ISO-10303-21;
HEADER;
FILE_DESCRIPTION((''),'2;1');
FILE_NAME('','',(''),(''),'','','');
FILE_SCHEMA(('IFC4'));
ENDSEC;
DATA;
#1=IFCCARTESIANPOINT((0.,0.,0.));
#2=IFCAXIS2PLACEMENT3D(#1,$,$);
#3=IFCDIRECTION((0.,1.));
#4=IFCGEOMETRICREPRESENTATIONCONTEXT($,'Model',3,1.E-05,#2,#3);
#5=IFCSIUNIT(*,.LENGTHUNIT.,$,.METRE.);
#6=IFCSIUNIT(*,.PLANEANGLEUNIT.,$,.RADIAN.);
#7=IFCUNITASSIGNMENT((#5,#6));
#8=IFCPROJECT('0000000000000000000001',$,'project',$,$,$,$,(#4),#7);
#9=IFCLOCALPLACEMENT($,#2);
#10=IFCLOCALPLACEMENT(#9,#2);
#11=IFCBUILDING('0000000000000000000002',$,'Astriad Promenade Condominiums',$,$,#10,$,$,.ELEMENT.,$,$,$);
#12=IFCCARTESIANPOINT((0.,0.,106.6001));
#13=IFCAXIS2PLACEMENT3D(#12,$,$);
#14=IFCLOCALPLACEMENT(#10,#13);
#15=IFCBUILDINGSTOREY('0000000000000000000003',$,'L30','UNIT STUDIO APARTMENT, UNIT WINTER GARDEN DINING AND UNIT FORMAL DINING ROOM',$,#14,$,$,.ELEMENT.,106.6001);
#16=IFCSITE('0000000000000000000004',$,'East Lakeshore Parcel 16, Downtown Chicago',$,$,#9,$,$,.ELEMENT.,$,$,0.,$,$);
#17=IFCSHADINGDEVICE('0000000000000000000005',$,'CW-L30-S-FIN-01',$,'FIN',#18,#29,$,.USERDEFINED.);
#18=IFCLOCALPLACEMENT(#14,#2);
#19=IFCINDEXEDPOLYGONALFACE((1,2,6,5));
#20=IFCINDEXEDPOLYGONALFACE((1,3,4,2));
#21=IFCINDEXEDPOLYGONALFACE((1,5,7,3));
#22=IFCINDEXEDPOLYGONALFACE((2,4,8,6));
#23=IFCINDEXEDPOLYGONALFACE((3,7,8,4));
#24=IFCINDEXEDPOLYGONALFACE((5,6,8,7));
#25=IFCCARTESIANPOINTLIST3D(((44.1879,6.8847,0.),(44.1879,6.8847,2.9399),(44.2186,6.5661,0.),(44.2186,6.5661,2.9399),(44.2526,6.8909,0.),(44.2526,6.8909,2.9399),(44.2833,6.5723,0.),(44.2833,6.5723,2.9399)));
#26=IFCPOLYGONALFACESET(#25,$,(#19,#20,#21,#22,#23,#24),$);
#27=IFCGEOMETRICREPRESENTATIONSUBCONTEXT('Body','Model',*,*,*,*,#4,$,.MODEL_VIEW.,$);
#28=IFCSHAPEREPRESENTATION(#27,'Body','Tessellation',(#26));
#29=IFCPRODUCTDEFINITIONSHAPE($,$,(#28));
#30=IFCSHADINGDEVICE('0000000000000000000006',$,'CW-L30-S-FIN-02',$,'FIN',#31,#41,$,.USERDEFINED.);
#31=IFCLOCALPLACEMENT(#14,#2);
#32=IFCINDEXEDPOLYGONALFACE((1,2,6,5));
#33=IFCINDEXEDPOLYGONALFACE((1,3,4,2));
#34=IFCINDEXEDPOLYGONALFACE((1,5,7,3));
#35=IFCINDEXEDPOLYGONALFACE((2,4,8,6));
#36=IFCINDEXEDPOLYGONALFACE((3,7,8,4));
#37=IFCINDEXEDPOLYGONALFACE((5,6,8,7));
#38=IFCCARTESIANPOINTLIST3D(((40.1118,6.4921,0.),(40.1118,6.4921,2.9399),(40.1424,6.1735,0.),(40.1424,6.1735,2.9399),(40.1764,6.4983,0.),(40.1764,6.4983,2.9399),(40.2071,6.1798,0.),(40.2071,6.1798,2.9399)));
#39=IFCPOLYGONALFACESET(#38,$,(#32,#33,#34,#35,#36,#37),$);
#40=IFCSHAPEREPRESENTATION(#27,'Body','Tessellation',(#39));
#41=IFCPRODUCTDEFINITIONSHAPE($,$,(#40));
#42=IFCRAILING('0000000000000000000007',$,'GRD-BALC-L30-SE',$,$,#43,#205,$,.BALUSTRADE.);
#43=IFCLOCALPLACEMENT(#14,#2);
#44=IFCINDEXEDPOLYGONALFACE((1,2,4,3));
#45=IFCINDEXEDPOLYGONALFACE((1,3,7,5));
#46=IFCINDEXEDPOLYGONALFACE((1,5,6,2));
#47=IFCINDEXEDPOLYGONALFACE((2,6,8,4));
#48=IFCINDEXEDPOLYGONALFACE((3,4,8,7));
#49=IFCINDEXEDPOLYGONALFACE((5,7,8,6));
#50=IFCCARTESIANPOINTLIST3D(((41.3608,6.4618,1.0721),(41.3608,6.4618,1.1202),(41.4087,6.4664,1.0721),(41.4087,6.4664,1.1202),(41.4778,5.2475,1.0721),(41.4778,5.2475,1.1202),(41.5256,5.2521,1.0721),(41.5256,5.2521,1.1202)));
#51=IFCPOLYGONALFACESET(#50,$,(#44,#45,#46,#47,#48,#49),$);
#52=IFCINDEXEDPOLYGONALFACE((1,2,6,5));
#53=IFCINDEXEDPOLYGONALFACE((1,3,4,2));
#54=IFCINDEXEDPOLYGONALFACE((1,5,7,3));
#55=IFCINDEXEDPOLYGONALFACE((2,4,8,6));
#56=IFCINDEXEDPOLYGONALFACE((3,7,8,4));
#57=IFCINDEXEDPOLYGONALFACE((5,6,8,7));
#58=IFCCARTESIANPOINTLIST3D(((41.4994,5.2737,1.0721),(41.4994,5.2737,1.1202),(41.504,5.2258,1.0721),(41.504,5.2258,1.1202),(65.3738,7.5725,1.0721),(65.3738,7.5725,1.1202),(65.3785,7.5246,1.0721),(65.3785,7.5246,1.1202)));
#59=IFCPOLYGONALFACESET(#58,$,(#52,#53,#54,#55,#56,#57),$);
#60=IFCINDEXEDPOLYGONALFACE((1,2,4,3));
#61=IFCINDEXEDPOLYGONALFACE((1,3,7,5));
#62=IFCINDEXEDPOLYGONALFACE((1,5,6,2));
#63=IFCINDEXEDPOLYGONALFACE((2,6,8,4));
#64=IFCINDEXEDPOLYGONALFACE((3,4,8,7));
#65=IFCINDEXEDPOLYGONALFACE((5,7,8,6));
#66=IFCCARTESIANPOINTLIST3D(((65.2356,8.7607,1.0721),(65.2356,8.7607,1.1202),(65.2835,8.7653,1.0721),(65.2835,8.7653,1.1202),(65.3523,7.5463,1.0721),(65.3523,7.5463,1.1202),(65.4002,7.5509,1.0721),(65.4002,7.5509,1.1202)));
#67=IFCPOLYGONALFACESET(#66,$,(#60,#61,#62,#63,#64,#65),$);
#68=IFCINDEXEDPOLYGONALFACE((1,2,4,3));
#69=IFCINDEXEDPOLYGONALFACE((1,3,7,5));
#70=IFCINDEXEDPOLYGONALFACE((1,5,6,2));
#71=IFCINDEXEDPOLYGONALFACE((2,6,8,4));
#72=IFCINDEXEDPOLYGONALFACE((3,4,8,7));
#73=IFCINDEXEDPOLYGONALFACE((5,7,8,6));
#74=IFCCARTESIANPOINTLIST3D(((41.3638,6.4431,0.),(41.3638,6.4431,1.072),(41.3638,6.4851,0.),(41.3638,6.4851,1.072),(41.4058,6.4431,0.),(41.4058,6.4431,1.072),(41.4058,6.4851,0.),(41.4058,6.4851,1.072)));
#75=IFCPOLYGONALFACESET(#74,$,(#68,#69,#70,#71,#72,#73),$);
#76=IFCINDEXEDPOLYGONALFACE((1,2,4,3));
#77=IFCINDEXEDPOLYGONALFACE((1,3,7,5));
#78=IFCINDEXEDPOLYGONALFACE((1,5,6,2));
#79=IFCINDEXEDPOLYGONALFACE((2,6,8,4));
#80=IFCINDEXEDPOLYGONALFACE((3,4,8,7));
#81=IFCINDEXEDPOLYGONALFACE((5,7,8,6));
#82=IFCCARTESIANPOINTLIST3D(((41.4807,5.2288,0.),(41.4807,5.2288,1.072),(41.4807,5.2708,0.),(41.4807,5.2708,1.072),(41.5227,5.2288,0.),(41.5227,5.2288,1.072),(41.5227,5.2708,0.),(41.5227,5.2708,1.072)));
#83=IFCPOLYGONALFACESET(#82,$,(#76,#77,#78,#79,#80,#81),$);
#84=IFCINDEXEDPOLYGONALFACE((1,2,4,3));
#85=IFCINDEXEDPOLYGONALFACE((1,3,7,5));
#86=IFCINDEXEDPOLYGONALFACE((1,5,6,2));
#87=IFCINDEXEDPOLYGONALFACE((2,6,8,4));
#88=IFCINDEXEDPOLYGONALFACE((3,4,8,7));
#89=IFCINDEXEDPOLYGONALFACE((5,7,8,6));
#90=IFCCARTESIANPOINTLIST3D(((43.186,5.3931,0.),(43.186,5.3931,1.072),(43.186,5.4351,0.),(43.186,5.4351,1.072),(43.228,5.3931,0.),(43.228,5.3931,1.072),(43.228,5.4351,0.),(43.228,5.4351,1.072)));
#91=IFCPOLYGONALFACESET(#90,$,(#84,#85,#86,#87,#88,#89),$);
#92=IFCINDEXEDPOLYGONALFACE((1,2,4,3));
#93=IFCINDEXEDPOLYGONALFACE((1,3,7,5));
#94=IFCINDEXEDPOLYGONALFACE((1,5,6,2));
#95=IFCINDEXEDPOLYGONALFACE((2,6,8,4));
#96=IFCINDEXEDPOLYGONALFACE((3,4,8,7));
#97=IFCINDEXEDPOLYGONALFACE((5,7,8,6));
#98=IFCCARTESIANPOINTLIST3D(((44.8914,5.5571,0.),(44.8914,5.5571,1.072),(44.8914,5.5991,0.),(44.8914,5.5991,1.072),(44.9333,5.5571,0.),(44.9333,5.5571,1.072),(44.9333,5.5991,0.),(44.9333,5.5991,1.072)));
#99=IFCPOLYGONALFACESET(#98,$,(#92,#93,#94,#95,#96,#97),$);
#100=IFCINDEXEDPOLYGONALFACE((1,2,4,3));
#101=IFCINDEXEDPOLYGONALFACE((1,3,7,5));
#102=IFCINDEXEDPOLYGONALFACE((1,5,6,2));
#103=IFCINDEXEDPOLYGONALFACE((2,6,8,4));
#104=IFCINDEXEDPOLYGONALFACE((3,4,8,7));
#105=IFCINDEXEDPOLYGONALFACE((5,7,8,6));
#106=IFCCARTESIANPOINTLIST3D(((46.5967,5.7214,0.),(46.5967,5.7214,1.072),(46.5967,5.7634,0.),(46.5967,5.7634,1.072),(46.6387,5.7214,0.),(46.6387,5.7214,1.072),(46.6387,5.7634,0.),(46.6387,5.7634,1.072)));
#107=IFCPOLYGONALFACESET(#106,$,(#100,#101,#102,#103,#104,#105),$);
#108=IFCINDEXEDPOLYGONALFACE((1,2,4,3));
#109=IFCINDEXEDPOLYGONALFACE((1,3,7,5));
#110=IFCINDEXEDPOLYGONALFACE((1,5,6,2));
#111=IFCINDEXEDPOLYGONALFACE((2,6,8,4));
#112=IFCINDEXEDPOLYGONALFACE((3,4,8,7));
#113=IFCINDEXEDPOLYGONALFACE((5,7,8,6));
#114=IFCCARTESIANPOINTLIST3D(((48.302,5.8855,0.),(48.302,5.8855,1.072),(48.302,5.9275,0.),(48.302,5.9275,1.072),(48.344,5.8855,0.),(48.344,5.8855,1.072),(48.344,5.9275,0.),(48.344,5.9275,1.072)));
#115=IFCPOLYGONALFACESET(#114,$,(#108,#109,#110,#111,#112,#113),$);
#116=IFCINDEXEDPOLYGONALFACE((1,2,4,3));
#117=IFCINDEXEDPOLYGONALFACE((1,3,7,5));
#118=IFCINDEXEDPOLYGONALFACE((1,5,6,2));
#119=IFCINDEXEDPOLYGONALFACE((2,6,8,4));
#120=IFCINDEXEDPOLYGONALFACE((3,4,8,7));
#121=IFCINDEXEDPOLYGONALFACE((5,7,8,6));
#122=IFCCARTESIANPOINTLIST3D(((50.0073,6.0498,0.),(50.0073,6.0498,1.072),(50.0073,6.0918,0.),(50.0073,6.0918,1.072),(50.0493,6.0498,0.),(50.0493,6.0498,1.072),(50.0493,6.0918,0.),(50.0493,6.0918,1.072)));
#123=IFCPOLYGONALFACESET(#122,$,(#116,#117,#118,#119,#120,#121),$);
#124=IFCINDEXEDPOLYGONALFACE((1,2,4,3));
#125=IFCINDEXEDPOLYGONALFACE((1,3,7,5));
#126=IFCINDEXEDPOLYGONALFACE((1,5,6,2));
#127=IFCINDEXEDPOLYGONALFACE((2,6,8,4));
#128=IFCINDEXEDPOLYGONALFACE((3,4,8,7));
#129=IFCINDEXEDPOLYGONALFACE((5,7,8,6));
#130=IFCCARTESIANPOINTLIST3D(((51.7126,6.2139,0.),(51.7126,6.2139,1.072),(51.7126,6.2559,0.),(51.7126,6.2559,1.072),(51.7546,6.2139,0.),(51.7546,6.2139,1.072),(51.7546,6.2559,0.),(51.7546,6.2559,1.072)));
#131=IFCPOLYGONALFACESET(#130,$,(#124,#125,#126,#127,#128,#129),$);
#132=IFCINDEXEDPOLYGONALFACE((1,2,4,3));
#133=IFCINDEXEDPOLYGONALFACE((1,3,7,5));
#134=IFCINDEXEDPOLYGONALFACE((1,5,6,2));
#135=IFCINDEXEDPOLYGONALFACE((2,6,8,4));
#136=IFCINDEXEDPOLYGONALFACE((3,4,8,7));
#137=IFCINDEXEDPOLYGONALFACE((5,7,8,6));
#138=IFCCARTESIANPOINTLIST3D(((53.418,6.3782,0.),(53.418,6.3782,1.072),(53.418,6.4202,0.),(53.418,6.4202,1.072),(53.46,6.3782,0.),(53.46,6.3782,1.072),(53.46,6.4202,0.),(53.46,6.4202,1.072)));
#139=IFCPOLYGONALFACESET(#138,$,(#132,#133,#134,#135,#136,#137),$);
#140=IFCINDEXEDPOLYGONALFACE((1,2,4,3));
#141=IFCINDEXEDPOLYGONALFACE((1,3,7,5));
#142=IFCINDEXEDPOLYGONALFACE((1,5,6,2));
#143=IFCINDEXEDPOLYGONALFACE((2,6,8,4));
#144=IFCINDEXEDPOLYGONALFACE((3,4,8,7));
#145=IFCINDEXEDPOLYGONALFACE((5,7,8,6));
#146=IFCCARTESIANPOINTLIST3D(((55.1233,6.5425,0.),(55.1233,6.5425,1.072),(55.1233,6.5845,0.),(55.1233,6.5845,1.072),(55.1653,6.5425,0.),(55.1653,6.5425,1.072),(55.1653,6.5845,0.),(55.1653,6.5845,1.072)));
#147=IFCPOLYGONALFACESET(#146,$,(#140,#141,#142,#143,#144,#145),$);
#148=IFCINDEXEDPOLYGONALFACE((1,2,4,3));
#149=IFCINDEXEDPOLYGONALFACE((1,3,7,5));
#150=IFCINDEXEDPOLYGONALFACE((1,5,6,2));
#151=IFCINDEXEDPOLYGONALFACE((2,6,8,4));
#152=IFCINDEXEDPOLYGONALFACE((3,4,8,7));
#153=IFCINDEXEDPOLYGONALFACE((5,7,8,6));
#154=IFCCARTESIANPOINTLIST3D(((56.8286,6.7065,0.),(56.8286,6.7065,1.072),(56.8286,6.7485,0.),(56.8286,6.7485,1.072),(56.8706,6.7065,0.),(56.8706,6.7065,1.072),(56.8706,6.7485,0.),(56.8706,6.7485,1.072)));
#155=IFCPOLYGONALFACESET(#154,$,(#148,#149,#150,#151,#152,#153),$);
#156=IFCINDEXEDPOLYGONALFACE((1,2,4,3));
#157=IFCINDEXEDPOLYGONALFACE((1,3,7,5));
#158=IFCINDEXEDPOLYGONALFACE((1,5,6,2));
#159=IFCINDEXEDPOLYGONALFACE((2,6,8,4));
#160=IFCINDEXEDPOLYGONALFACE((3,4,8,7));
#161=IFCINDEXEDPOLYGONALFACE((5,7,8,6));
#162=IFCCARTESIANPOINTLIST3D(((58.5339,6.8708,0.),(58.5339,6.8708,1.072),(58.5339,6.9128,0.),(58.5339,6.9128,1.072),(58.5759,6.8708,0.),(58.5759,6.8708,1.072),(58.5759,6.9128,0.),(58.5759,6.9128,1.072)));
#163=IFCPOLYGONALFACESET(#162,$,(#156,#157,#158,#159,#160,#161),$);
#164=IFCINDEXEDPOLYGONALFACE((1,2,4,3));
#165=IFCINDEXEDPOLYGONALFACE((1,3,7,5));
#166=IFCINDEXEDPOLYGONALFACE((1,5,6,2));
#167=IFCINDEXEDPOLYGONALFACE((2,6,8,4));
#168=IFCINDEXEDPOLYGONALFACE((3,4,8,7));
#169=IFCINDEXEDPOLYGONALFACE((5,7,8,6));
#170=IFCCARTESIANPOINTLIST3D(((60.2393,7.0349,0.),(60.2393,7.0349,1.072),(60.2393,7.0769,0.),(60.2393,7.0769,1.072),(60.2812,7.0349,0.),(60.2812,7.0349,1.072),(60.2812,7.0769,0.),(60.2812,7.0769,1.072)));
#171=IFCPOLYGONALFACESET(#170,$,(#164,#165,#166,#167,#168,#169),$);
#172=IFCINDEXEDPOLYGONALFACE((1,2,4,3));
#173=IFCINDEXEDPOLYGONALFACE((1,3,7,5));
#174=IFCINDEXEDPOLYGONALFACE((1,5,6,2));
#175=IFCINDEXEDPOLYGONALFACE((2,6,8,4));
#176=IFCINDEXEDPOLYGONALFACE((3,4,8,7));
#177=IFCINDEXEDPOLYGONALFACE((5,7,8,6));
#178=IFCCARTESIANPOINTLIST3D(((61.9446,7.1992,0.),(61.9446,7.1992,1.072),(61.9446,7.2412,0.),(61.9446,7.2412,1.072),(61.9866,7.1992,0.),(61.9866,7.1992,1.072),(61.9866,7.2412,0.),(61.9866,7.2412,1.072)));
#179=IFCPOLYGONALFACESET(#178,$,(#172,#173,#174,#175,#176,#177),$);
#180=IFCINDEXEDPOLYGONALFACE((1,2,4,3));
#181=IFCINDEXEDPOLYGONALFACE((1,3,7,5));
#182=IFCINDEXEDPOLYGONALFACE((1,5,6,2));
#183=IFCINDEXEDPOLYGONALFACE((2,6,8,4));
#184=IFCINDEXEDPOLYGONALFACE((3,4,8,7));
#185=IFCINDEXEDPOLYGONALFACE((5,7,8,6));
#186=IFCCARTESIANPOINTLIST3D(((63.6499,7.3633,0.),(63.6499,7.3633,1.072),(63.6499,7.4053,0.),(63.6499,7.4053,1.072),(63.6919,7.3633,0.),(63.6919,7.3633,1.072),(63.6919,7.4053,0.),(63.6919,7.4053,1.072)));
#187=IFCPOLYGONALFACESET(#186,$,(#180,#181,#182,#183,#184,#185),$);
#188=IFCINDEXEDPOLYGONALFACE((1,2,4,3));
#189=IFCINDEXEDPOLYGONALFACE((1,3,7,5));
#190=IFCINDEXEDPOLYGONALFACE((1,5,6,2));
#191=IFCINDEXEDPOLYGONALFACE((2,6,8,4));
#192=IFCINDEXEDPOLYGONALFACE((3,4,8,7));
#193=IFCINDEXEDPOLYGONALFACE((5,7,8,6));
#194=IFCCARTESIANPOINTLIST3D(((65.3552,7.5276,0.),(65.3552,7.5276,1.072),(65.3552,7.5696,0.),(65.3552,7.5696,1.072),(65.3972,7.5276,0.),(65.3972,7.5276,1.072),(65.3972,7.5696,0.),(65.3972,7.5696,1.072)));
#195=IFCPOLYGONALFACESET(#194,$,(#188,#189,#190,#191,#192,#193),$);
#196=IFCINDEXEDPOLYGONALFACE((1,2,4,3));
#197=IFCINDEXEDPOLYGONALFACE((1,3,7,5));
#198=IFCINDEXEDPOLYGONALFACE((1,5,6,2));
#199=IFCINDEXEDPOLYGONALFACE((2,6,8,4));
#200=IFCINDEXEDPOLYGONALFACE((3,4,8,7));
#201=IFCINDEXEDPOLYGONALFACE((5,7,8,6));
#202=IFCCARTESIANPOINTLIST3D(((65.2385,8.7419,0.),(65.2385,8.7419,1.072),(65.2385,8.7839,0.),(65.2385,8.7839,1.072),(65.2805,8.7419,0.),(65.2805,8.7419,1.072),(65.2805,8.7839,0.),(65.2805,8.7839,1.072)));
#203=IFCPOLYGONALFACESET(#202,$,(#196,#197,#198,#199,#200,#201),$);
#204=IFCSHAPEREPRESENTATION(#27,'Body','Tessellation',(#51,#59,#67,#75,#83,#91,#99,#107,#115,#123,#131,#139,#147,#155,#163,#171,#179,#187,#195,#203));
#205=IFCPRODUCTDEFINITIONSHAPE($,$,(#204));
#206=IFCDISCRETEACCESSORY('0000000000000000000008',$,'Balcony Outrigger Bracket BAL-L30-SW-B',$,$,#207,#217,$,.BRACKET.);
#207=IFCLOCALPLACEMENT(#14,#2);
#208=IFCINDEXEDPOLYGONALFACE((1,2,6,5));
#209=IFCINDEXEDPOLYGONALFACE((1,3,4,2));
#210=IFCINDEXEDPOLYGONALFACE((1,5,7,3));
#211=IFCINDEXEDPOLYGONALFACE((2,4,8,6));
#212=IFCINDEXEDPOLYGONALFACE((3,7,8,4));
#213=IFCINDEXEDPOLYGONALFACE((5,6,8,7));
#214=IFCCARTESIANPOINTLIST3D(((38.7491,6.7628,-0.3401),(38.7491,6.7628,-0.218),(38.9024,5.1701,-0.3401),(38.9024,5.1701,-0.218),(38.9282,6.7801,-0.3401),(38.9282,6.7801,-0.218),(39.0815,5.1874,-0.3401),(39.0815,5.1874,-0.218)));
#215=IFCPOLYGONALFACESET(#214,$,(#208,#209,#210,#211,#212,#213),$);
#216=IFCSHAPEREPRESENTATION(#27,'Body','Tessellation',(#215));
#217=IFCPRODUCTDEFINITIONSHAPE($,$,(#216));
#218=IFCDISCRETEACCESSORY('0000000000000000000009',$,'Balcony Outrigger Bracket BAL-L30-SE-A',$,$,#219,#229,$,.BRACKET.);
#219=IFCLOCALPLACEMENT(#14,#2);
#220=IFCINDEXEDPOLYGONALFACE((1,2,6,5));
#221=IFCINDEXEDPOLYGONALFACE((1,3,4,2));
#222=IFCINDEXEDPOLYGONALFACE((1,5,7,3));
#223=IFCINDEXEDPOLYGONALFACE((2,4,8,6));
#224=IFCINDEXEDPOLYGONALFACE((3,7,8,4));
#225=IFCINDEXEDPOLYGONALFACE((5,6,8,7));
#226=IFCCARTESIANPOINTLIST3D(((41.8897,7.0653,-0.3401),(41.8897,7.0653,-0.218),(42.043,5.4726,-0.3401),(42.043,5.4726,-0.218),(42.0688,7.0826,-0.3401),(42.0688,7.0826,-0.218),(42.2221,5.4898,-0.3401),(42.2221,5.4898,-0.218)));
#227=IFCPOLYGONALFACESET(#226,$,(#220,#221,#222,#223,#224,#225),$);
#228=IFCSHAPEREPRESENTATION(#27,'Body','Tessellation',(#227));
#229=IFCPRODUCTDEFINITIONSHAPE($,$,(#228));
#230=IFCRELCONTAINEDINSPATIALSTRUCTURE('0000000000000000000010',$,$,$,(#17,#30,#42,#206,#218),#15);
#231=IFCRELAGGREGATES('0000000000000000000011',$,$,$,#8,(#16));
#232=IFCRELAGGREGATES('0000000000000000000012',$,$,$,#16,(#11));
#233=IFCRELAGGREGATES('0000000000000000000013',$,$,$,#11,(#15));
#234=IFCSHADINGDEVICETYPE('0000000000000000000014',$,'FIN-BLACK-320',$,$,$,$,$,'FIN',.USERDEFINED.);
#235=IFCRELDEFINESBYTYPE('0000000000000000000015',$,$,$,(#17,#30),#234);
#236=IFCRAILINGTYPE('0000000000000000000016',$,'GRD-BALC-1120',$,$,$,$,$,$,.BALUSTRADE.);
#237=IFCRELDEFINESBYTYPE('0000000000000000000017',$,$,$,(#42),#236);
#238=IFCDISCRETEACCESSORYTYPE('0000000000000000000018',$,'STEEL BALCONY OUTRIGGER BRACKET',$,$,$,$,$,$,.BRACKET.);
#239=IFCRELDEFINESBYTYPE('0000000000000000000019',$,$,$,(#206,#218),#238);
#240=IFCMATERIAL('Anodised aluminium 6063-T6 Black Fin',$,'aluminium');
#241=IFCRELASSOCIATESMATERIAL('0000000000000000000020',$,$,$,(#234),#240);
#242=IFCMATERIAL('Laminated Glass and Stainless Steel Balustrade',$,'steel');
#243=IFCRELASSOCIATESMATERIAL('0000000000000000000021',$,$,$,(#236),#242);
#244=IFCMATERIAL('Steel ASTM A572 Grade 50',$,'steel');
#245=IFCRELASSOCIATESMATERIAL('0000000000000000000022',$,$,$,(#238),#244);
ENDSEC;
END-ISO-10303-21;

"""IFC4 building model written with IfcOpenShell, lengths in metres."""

from ifc_helpers import new_model, si_unit, direction, frame, origin, origin_2d, place, context, subcontext, project, spatial, rectangle, extrude, source, transform, mapped, material, type_object, type_shapes, element, save


model = new_model("IFC4")

# Units and contexts
model_context = context("Model", 3, precision=1e-05, world=origin(), true_north=direction((0.0, 1.0)))
body_context = subcontext(model_context, "Body", "Model", "MODEL_VIEW")
ifc_project = project(units=[si_unit("LENGTHUNIT", "METRE"), si_unit("PLANEANGLEUNIT", "RADIAN")], contexts=[model_context])

# Site, building, storey
site_placement = place(None, origin())
site = spatial("IfcSite", under=ifc_project, at=site_placement, Name="East Lakeshore Parcel 16, Downtown Chicago", CompositionType="ELEMENT", RefElevation=0.0)
building_placement = place(site_placement, origin())
building = spatial("IfcBuilding", under=site, at=building_placement, Name="Astriad Promenade Condominiums", CompositionType="ELEMENT")
storey_placement = place(building_placement, frame((0.0, 0.0, 106.6001)))
storey = spatial("IfcBuildingStorey", under=building, at=storey_placement, Name="L30", Description="UNIT STUDIO APARTMENT, UNIT WINTER GARDEN DINING AND UNIT FORMAL DINING ROOM", CompositionType="ELEMENT", Elevation=106.6001)

# Shading devices
ifc_material_1 = material(Name="Anodised aluminium 6063-T6 Black Fin", Category="aluminium")
shading_device_type = type_object("IfcShadingDeviceType", Name="FIN-BLACK-320", ElementType="FIN", PredefinedType="USERDEFINED", material=ifc_material_1)
shared_shape_1 = source(origin(), body_context, "Body", "SweptSolid", [
    extrude(rectangle(XDim=0.0649, YDim=0.3201, at=origin_2d()), origin(), (0.0, 0.0, 1.0), 2.9399),
])
type_shapes(shading_device_type, [shared_shape_1])
for number, where, z_axis, x_axis, name in (
    (1, (44.2356, 6.7285, 0.0), (0.0, 0.0, 1.0), (-0.995396, -0.095846, 0.0), "CW-L30-S-FIN-01"),
    (2, (40.1594, 6.3359, 0.0), (0.0, 0.0, 1.0), (-0.995396, -0.095846, 0.0), "CW-L30-S-FIN-02"),
):
    element("IfcShadingDevice", number, at=place(storey_placement, frame(where, z_axis=z_axis, x_axis=x_axis)), inside=storey, type_object=shading_device_type, Name=name, ObjectType="FIN", PredefinedType="USERDEFINED", context=body_context, shape_type="MappedRepresentation", body=[
        mapped(shared_shape_1, transform((0.0, 0.0, 0.0), scale=1.0)),
    ])

# Railing
ifc_material_2 = material(Name="Laminated Glass and Stainless Steel Balustrade", Category="steel")
railing_type = type_object("IfcRailingType", Name="GRD-BALC-1120", PredefinedType="BALUSTRADE", material=ifc_material_2)
shared_shape_2 = source(origin(), body_context, "Body", "SweptSolid", [
    extrude(rectangle(XDim=0.0481, YDim=0.0481, at=origin_2d()), frame((0.0, 0.0, 1.0962), z_axis=(0.095857, -0.995395, 0.0), x_axis=(0.995395, 0.095857, 0.0)), (0.0, 0.0, 1.0), 1.22),
    extrude(rectangle(XDim=0.0481, YDim=0.0481, at=origin_2d()), frame((0.1169, -1.2144, 1.0962), z_axis=(0.995396, 0.095845, 0.0), x_axis=(-0.095845, 0.995396, 0.0)), (0.0, 0.0, 1.0), 23.9849),
    extrude(rectangle(XDim=0.0481, YDim=0.0481, at=origin_2d()), frame((23.9915, 1.0845, 1.0962), z_axis=(-0.095659, 0.995414, 0.0), x_axis=(-0.995414, -0.095659, 0.0)), (0.0, 0.0, 1.0), 1.22),
    extrude(rectangle(XDim=0.042, YDim=0.042, at=origin_2d()), origin(), (0.0, 0.0, 1.0), 1.072),
    extrude(rectangle(XDim=0.042, YDim=0.042, at=origin_2d()), frame((0.1169, -1.2144, 0.0)), (0.0, 0.0, 1.0), 1.072),
    extrude(rectangle(XDim=0.042, YDim=0.042, at=origin_2d()), frame((1.8223, -1.05, 0.0)), (0.0, 0.0, 1.0), 1.072),
    extrude(rectangle(XDim=0.042, YDim=0.042, at=origin_2d()), frame((3.5276, -0.886, 0.0)), (0.0, 0.0, 1.0), 1.072),
    extrude(rectangle(XDim=0.042, YDim=0.042, at=origin_2d()), frame((5.2329, -0.7217, 0.0)), (0.0, 0.0, 1.0), 1.072),
    extrude(rectangle(XDim=0.042, YDim=0.042, at=origin_2d()), frame((6.9382, -0.5576, 0.0)), (0.0, 0.0, 1.0), 1.072),
    extrude(rectangle(XDim=0.042, YDim=0.042, at=origin_2d()), frame((8.6436, -0.3933, 0.0)), (0.0, 0.0, 1.0), 1.072),
    extrude(rectangle(XDim=0.042, YDim=0.042, at=origin_2d()), frame((10.3489, -0.2292, 0.0)), (0.0, 0.0, 1.0), 1.072),
    extrude(rectangle(XDim=0.042, YDim=0.042, at=origin_2d()), frame((12.0542, -0.0649, 0.0)), (0.0, 0.0, 1.0), 1.072),
    extrude(rectangle(XDim=0.042, YDim=0.042, at=origin_2d()), frame((13.7595, 0.0994, 0.0)), (0.0, 0.0, 1.0), 1.072),
    extrude(rectangle(XDim=0.042, YDim=0.042, at=origin_2d()), frame((15.4648, 0.2634, 0.0)), (0.0, 0.0, 1.0), 1.072),
    extrude(rectangle(XDim=0.042, YDim=0.042, at=origin_2d()), frame((17.1702, 0.4277, 0.0)), (0.0, 0.0, 1.0), 1.072),
    extrude(rectangle(XDim=0.042, YDim=0.042, at=origin_2d()), frame((18.8755, 0.5918, 0.0)), (0.0, 0.0, 1.0), 1.072),
    extrude(rectangle(XDim=0.042, YDim=0.042, at=origin_2d()), frame((20.5808, 0.7561, 0.0)), (0.0, 0.0, 1.0), 1.072),
    extrude(rectangle(XDim=0.042, YDim=0.042, at=origin_2d()), frame((22.2861, 0.9202, 0.0)), (0.0, 0.0, 1.0), 1.072),
    extrude(rectangle(XDim=0.042, YDim=0.042, at=origin_2d()), frame((23.9915, 1.0845, 0.0)), (0.0, 0.0, 1.0), 1.072),
    extrude(rectangle(XDim=0.042, YDim=0.042, at=origin_2d()), frame((23.8748, 2.2988, 0.0)), (0.0, 0.0, 1.0), 1.072),
])
type_shapes(railing_type, [shared_shape_2])
railing_placement = place(storey_placement, frame((41.3848, 6.4641, 0.0)))
element("IfcRailing", 3, at=railing_placement, inside=storey, type_object=railing_type, Name="GRD-BALC-L30-SE", PredefinedType="BALUSTRADE", context=body_context, shape_type="MappedRepresentation", body=[
    mapped(shared_shape_2, transform((0.0, 0.0, 0.0), scale=1.0)),
])

# Discrete accessories
ifc_material_3 = material(Name="Steel ASTM A572 Grade 50", Category="steel")
discrete_accessory_type = type_object("IfcDiscreteAccessoryType", Name="STEEL BALCONY OUTRIGGER BRACKET", PredefinedType="BRACKET", material=ifc_material_3)
shared_shape_3 = source(origin(), body_context, "Body", "SweptSolid", [
    extrude(rectangle(XDim=1.6001, YDim=0.1799, at=origin_2d()), origin(), (0.0, 0.0, 1.0), 0.1221),
])
type_shapes(discrete_accessory_type, [shared_shape_3])
for number, where, z_axis, x_axis, name in (
    (4, (38.9153, 5.9751, -0.3401), (0.0, 0.0, 1.0), (0.095846, -0.995396, 0.0), "Balcony Outrigger Bracket BAL-L30-SW-B"),
    (5, (42.0559, 6.2776, -0.3401), (0.0, 0.0, 1.0), (0.095846, -0.995396, 0.0), "Balcony Outrigger Bracket BAL-L30-SE-A"),
):
    element("IfcDiscreteAccessory", number, at=place(storey_placement, frame(where, z_axis=z_axis, x_axis=x_axis)), inside=storey, type_object=discrete_accessory_type, Name=name, PredefinedType="BRACKET", context=body_context, shape_type="MappedRepresentation", body=[
        mapped(shared_shape_3, transform((0.0, 0.0, 0.0), scale=1.0)),
    ])

save(model, "model.ifc")
